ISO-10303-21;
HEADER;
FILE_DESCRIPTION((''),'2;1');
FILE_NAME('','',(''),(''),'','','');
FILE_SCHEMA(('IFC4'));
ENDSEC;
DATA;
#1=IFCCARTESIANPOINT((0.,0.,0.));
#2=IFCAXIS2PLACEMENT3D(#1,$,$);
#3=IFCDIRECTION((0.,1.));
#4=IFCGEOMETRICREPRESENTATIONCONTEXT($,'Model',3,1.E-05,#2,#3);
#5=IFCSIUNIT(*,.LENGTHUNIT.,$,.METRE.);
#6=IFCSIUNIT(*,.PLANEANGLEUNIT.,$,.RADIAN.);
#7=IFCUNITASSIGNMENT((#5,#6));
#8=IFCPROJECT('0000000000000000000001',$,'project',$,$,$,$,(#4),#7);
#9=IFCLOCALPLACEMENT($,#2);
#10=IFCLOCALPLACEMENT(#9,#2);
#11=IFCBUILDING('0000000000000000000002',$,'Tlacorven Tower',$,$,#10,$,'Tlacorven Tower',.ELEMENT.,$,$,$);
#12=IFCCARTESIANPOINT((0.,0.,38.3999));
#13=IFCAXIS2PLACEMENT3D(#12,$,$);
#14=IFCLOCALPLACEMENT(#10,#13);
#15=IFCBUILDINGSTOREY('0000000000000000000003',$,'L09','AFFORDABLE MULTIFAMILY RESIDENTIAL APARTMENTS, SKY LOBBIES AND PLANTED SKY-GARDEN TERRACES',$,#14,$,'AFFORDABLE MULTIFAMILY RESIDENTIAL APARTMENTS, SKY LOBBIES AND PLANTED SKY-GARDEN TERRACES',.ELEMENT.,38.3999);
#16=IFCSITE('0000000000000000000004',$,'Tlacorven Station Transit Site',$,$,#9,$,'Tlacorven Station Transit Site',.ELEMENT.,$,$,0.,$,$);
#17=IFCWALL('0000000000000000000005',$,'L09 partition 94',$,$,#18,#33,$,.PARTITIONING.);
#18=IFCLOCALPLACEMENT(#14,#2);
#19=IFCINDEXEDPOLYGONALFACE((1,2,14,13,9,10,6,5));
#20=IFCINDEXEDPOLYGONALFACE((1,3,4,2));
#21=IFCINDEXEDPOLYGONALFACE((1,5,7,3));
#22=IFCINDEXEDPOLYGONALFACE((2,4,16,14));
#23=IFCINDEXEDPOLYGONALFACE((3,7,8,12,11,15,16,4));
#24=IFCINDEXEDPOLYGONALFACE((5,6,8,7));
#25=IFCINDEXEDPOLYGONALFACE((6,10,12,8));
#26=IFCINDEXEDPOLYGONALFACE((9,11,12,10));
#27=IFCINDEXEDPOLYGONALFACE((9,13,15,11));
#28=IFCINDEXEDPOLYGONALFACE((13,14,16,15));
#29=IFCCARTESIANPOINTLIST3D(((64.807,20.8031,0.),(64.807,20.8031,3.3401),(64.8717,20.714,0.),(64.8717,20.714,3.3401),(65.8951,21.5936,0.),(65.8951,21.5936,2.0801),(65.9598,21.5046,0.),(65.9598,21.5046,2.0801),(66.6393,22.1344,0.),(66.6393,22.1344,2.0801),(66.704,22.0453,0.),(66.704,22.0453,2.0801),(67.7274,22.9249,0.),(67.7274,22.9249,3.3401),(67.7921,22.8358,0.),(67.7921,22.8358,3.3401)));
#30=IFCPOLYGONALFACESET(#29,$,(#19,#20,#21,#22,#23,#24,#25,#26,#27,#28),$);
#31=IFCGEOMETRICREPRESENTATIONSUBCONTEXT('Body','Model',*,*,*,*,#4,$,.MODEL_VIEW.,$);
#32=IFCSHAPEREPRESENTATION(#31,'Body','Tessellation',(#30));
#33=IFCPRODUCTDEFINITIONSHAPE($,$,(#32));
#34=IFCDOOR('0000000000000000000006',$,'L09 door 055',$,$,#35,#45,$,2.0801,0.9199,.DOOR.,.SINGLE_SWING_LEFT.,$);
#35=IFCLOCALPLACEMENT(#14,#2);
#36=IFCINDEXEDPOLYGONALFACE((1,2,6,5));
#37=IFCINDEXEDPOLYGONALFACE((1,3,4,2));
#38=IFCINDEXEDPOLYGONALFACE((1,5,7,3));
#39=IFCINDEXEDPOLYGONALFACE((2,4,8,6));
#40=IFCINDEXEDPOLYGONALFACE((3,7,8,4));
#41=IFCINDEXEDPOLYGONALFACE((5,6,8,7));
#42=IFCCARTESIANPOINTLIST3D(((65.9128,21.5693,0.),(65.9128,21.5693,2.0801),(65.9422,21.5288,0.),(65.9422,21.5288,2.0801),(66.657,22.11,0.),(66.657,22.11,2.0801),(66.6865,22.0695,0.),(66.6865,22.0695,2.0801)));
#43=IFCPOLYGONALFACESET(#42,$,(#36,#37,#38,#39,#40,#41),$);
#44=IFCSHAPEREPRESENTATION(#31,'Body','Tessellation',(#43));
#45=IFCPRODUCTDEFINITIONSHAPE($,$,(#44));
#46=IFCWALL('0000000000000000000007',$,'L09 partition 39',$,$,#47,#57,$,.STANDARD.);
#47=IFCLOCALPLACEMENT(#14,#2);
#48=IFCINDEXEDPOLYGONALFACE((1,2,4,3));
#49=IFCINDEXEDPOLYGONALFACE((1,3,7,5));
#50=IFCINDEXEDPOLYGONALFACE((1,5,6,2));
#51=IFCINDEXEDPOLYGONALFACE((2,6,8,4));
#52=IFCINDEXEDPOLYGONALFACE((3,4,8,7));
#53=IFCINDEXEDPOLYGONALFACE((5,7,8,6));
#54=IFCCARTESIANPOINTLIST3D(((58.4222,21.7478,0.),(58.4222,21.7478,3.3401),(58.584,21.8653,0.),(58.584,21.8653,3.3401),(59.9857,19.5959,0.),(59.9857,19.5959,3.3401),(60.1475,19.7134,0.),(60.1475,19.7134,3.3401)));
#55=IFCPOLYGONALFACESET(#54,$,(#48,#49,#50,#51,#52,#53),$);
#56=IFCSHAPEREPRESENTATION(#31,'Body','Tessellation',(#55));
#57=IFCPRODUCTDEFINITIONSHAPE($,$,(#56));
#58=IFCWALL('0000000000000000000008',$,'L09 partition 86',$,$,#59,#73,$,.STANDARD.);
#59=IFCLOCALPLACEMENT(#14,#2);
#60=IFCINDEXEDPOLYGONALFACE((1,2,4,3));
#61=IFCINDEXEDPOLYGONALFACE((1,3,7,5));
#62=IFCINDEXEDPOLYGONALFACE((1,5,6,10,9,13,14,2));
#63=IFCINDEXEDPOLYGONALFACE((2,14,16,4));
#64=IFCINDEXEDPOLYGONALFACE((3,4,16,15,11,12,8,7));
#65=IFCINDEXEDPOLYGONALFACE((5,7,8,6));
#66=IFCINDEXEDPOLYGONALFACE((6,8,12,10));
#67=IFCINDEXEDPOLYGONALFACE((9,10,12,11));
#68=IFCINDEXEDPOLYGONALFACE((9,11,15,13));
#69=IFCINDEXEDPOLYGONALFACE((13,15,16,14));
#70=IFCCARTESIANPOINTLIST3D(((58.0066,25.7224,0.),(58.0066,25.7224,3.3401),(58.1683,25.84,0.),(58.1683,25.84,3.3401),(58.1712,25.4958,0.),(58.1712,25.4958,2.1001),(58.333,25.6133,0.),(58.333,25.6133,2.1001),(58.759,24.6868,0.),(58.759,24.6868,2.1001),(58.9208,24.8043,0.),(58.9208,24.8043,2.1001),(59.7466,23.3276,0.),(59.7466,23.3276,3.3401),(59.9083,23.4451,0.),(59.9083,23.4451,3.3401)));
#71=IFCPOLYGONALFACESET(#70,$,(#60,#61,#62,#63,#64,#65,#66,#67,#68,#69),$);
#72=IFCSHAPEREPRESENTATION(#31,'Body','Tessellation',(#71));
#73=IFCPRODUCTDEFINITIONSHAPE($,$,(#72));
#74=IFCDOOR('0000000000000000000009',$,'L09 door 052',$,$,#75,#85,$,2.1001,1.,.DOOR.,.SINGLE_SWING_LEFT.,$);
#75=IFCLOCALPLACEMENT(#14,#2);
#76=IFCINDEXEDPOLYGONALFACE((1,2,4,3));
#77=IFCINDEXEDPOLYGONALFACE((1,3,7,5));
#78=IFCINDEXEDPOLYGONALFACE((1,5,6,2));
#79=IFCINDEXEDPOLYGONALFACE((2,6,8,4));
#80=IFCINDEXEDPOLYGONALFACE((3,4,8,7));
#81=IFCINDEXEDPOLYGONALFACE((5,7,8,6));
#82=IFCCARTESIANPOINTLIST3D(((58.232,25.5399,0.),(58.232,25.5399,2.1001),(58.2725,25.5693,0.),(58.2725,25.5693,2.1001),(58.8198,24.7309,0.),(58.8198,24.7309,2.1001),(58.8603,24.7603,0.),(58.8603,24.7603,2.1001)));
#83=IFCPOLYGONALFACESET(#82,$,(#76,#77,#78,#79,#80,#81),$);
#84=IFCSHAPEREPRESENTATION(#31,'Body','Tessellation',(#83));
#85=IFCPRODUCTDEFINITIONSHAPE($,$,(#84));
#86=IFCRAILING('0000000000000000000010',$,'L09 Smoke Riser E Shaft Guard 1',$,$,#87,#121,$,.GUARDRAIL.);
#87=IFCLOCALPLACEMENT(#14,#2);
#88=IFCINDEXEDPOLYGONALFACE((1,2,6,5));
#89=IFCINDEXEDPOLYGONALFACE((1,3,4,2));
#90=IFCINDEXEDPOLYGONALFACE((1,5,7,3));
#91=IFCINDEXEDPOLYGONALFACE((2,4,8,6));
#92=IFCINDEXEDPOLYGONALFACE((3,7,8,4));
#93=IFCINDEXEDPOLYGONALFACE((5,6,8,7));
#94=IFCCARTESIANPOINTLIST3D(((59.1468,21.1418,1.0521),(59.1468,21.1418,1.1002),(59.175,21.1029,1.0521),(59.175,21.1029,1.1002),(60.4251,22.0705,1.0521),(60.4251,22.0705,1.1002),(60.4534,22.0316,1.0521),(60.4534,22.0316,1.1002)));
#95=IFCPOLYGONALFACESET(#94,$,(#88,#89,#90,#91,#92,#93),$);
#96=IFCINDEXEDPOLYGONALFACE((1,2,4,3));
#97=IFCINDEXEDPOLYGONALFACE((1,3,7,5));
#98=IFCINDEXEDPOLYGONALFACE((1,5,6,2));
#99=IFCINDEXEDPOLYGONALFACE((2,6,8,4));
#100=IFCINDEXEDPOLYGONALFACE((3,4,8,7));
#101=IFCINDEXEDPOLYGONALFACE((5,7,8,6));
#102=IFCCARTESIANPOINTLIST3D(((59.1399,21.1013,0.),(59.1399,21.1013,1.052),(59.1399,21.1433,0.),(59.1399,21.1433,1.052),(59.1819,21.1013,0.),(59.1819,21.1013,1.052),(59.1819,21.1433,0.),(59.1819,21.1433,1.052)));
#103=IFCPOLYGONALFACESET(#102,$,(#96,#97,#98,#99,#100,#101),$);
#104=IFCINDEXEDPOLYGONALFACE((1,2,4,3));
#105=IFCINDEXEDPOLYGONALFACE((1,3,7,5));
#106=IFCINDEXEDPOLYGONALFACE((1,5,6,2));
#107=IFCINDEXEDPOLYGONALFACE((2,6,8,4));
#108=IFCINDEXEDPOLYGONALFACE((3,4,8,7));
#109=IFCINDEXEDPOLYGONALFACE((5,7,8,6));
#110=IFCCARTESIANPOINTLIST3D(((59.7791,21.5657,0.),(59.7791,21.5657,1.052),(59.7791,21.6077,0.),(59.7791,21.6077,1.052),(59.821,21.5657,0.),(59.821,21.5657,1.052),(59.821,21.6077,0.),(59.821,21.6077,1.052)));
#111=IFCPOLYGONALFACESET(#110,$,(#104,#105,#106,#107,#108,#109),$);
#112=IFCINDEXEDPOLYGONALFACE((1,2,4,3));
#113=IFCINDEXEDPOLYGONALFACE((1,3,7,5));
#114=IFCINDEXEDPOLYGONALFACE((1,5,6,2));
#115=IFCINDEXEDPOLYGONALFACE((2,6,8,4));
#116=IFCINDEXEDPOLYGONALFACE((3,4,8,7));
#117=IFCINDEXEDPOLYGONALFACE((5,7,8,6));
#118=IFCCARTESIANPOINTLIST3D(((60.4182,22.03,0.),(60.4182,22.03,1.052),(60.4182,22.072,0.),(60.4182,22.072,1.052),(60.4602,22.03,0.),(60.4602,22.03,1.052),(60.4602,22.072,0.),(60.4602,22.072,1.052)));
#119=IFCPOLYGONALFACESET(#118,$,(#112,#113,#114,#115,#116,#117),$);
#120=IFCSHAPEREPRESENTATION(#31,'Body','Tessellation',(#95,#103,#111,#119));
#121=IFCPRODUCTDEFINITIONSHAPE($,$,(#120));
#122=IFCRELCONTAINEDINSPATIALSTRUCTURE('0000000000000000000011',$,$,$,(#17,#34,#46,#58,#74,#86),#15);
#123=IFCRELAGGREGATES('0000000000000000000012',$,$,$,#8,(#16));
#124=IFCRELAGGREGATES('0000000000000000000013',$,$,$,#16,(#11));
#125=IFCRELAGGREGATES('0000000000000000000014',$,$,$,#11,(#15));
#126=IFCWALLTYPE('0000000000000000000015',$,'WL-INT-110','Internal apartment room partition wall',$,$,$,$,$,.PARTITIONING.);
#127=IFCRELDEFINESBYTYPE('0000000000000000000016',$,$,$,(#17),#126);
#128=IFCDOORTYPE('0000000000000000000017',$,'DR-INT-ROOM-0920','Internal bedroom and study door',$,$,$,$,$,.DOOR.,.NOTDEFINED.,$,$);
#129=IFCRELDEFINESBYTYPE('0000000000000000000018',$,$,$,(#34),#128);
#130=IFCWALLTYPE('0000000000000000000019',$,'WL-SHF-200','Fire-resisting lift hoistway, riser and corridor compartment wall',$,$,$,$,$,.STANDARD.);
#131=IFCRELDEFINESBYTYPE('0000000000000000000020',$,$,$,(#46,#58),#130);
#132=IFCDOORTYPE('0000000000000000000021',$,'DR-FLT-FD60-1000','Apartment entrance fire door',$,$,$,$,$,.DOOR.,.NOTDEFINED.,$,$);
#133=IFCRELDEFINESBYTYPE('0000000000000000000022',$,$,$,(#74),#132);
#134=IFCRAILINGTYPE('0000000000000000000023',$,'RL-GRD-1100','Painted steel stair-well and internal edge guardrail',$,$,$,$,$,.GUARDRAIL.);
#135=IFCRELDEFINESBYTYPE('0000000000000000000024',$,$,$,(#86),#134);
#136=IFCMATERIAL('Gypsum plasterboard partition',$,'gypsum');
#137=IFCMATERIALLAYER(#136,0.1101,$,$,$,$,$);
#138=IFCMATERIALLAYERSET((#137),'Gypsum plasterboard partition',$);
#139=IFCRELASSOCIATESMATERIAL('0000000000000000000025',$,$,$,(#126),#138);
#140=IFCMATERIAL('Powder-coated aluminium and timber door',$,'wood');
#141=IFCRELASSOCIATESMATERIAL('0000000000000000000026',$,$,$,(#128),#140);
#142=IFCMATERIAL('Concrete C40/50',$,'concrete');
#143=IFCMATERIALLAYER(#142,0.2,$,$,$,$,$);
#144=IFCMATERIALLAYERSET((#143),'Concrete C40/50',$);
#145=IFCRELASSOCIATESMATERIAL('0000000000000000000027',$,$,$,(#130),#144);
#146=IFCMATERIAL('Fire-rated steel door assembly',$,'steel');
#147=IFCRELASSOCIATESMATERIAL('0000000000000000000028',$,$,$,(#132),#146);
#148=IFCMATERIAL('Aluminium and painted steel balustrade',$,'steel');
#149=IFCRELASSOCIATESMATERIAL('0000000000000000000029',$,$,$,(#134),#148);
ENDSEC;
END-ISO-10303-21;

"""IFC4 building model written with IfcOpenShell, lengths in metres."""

from ifc_helpers import new_model, si_unit, direction, frame, frame_2d, origin, origin_2d, place, context, subcontext, project, spatial, rectangle, extrude, source, transform, mapped, material, layer, layer_set, type_object, element, fill, save


model = new_model("IFC4")

# Units and contexts
model_context = context("Model", 3, precision=1e-05, world=origin(), true_north=direction((0.0, 1.0)))
body_context = subcontext(model_context, "Body", "Model", "MODEL_VIEW")
ifc_project = project(units=[si_unit("LENGTHUNIT", "METRE"), si_unit("PLANEANGLEUNIT", "RADIAN")], contexts=[model_context])

# Site, building, storey
site_placement = place(None, origin())
site = spatial("IfcSite", under=ifc_project, at=site_placement, Name="Tlacorven Station Transit Site", LongName="Tlacorven Station Transit Site", CompositionType="ELEMENT", RefElevation=0.0)
building_placement = place(site_placement, origin())
building = spatial("IfcBuilding", under=site, at=building_placement, Name="Tlacorven Tower", LongName="Tlacorven Tower", CompositionType="ELEMENT")
storey_placement = place(building_placement, frame((0.0, 0.0, 38.3999)))
storey = spatial("IfcBuildingStorey", under=building, at=storey_placement, Name="L09", Description="AFFORDABLE MULTIFAMILY RESIDENTIAL APARTMENTS, SKY LOBBIES AND PLANTED SKY-GARDEN TERRACES", LongName="AFFORDABLE MULTIFAMILY RESIDENTIAL APARTMENTS, SKY LOBBIES AND PLANTED SKY-GARDEN TERRACES", CompositionType="ELEMENT", Elevation=38.3999)

# Wall, opening, door
ifc_material_1 = material(Name="Gypsum plasterboard partition", Category="gypsum")
ifc_layer_1 = layer(ifc_material_1, 0.1101)
ifc_layer_set_1 = layer_set([ifc_layer_1], Name="Gypsum plasterboard partition")
wall_type_1 = type_object("IfcWallType", Name="WL-INT-110", Description="Internal apartment room partition wall", PredefinedType="PARTITIONING", material=ifc_layer_set_1)
wall_1_placement = place(storey_placement, frame((64.8394, 20.7585, 0.0), z_axis=(0.0, 0.0, 1.0), x_axis=(0.809014, 0.58779, 0.0)))
wall_1 = element("IfcWall", 1, at=wall_1_placement, inside=storey, type_object=wall_type_1, Name="L09 partition 94", PredefinedType="PARTITIONING", context=body_context, shape_type="SweptSolid", body=[
    extrude(rectangle(XDim=3.6099, YDim=0.1101, at=frame_2d((1.8049, 0.0))), origin(), (0.0, 0.0, 1.0), 3.3401),
])
opening_1_placement = place(wall_1_placement, frame((1.345, 0.0, 0.0)))
opening_1 = element("IfcOpeningElement", 2, at=opening_1_placement, cuts=wall_1, PredefinedType="OPENING", context=body_context, shape_type="SweptSolid", body=[
    extrude(rectangle(XDim=0.9199, YDim=2.0801, at=frame_2d((0.46, 1.04))), frame((0.0, 0.0649, 0.0), z_axis=(0.0, -1.0, 0.0), x_axis=(1.0, 0.0, 0.0)), (0.0, 0.0, 1.0), 0.1301),
])
ifc_material_2 = material(Name="Powder-coated aluminium and timber door", Category="wood")
door_type_1 = type_object("IfcDoorType", Name="DR-INT-ROOM-0920", Description="Internal bedroom and study door", OperationType="NOTDEFINED", PredefinedType="DOOR", material=ifc_material_2)
shared_shape_1 = source(origin(), body_context, "Body", "SweptSolid", [
    extrude(rectangle(XDim=0.9199, YDim=2.0801, at=frame_2d((0.46, 1.04))), frame((0.0, 0.0249, 0.0), z_axis=(0.0, -1.0, 0.0), x_axis=(1.0, 0.0, 0.0)), (0.0, 0.0, 1.0), 0.05),
])
door_1_placement = place(opening_1_placement, origin())
door_1 = element("IfcDoor", 3, at=door_1_placement, inside=storey, type_object=door_type_1, Name="L09 door 055", OperationType="SINGLE_SWING_LEFT", OverallHeight=2.0801, OverallWidth=0.9199, PredefinedType="DOOR", context=body_context, shape_type="MappedRepresentation", body=[
    mapped(shared_shape_1, transform((0.0, 0.0, 0.0), scale=1.0)),
])
fill(opening_1, door_1)

# Wall
ifc_material_3 = material(Name="Concrete C40/50", Category="concrete")
ifc_layer_2 = layer(ifc_material_3, 0.2)
ifc_layer_set_2 = layer_set([ifc_layer_2], Name="Concrete C40/50")
wall_type_2 = type_object("IfcWallType", Name="WL-SHF-200", Description="Fire-resisting lift hoistway, riser and corridor compartment wall", PredefinedType="STANDARD", material=ifc_layer_set_2)
wall_2_placement = place(storey_placement, frame((60.0667, 19.6545, 0.0), z_axis=(0.0, 0.0, 1.0), x_axis=(-0.587801, 0.809006, 0.0)))
element("IfcWall", 4, at=wall_2_placement, inside=storey, type_object=wall_type_2, Name="L09 partition 39", PredefinedType="STANDARD", context=body_context, shape_type="SweptSolid", body=[
    extrude(rectangle(XDim=2.6599, YDim=0.2, at=frame_2d((1.3301, 0.0))), origin(), (0.0, 0.0, 1.0), 3.3401),
])

# Wall, opening, door
wall_3_placement = place(storey_placement, frame((59.8274, 23.3865, 0.0), z_axis=(0.0, 0.0, 1.0), x_axis=(-0.587804, 0.809003, 0.0)))
wall_3 = element("IfcWall", 5, at=wall_3_placement, inside=storey, type_object=wall_type_2, Name="L09 partition 86", PredefinedType="STANDARD", context=body_context, shape_type="SweptSolid", body=[
    extrude(rectangle(XDim=2.9602, YDim=0.2, at=frame_2d((1.48, 0.0))), origin(), (0.0, 0.0, 1.0), 3.3401),
])
opening_2_placement = place(wall_3_placement, frame((1.6799, 0.0, 0.0)))
opening_2 = element("IfcOpeningElement", 6, at=opening_2_placement, cuts=wall_3, PredefinedType="OPENING", context=body_context, shape_type="SweptSolid", body=[
    extrude(rectangle(XDim=1.0, YDim=2.1001, at=frame_2d((0.5, 1.05))), frame((0.0, 0.1099, 0.0), z_axis=(0.0, -1.0, 0.0), x_axis=(1.0, 0.0, 0.0)), (0.0, 0.0, 1.0), 0.22),
])
ifc_material_4 = material(Name="Fire-rated steel door assembly", Category="steel")
door_type_2 = type_object("IfcDoorType", Name="DR-FLT-FD60-1000", Description="Apartment entrance fire door", OperationType="NOTDEFINED", PredefinedType="DOOR", material=ifc_material_4)
shared_shape_2 = source(origin(), body_context, "Body", "SweptSolid", [
    extrude(rectangle(XDim=1.0, YDim=2.1001, at=frame_2d((0.5, 1.05))), frame((0.0, 0.0249, 0.0), z_axis=(0.0, -1.0, 0.0), x_axis=(1.0, 0.0, 0.0)), (0.0, 0.0, 1.0), 0.05),
])
door_2_placement = place(opening_2_placement, origin())
door_2 = element("IfcDoor", 7, at=door_2_placement, inside=storey, type_object=door_type_2, Name="L09 door 052", OperationType="SINGLE_SWING_LEFT", OverallHeight=2.1001, OverallWidth=1.0, PredefinedType="DOOR", context=body_context, shape_type="MappedRepresentation", body=[
    mapped(shared_shape_2, transform((0.0, 0.0, 0.0), scale=1.0)),
])
fill(opening_2, door_2)

# Railing
ifc_material_5 = material(Name="Aluminium and painted steel balustrade", Category="steel")
railing_type = type_object("IfcRailingType", Name="RL-GRD-1100", Description="Painted steel stair-well and internal edge guardrail", PredefinedType="GUARDRAIL", material=ifc_material_5)
shared_shape_3 = source(origin(), body_context, "Body", "SweptSolid", [
    extrude(rectangle(XDim=0.0481, YDim=0.0481, at=origin_2d()), frame((0.0, 0.0, 1.0762), z_axis=(0.80903, 0.587767, 0.0), x_axis=(-0.587767, 0.80903, 0.0)), (0.0, 0.0, 1.0), 1.5801),
    extrude(rectangle(XDim=0.042, YDim=0.042, at=origin_2d()), origin(), (0.0, 0.0, 1.0), 1.052),
    extrude(rectangle(XDim=0.042, YDim=0.042, at=origin_2d()), frame((0.6392, 0.4644, 0.0)), (0.0, 0.0, 1.0), 1.052),
    extrude(rectangle(XDim=0.042, YDim=0.042, at=origin_2d()), frame((1.2783, 0.9287, 0.0)), (0.0, 0.0, 1.0), 1.052),
])
railing_placement = place(storey_placement, frame((59.1609, 21.1223, 0.0)))
element("IfcRailing", 8, at=railing_placement, inside=storey, type_object=railing_type, Name="L09 Smoke Riser E Shaft Guard 1", PredefinedType="GUARDRAIL", context=body_context, shape_type="MappedRepresentation", body=[
    mapped(shared_shape_3, transform((0.0, 0.0, 0.0), scale=1.0)),
])

save(model, "model.ifc")
